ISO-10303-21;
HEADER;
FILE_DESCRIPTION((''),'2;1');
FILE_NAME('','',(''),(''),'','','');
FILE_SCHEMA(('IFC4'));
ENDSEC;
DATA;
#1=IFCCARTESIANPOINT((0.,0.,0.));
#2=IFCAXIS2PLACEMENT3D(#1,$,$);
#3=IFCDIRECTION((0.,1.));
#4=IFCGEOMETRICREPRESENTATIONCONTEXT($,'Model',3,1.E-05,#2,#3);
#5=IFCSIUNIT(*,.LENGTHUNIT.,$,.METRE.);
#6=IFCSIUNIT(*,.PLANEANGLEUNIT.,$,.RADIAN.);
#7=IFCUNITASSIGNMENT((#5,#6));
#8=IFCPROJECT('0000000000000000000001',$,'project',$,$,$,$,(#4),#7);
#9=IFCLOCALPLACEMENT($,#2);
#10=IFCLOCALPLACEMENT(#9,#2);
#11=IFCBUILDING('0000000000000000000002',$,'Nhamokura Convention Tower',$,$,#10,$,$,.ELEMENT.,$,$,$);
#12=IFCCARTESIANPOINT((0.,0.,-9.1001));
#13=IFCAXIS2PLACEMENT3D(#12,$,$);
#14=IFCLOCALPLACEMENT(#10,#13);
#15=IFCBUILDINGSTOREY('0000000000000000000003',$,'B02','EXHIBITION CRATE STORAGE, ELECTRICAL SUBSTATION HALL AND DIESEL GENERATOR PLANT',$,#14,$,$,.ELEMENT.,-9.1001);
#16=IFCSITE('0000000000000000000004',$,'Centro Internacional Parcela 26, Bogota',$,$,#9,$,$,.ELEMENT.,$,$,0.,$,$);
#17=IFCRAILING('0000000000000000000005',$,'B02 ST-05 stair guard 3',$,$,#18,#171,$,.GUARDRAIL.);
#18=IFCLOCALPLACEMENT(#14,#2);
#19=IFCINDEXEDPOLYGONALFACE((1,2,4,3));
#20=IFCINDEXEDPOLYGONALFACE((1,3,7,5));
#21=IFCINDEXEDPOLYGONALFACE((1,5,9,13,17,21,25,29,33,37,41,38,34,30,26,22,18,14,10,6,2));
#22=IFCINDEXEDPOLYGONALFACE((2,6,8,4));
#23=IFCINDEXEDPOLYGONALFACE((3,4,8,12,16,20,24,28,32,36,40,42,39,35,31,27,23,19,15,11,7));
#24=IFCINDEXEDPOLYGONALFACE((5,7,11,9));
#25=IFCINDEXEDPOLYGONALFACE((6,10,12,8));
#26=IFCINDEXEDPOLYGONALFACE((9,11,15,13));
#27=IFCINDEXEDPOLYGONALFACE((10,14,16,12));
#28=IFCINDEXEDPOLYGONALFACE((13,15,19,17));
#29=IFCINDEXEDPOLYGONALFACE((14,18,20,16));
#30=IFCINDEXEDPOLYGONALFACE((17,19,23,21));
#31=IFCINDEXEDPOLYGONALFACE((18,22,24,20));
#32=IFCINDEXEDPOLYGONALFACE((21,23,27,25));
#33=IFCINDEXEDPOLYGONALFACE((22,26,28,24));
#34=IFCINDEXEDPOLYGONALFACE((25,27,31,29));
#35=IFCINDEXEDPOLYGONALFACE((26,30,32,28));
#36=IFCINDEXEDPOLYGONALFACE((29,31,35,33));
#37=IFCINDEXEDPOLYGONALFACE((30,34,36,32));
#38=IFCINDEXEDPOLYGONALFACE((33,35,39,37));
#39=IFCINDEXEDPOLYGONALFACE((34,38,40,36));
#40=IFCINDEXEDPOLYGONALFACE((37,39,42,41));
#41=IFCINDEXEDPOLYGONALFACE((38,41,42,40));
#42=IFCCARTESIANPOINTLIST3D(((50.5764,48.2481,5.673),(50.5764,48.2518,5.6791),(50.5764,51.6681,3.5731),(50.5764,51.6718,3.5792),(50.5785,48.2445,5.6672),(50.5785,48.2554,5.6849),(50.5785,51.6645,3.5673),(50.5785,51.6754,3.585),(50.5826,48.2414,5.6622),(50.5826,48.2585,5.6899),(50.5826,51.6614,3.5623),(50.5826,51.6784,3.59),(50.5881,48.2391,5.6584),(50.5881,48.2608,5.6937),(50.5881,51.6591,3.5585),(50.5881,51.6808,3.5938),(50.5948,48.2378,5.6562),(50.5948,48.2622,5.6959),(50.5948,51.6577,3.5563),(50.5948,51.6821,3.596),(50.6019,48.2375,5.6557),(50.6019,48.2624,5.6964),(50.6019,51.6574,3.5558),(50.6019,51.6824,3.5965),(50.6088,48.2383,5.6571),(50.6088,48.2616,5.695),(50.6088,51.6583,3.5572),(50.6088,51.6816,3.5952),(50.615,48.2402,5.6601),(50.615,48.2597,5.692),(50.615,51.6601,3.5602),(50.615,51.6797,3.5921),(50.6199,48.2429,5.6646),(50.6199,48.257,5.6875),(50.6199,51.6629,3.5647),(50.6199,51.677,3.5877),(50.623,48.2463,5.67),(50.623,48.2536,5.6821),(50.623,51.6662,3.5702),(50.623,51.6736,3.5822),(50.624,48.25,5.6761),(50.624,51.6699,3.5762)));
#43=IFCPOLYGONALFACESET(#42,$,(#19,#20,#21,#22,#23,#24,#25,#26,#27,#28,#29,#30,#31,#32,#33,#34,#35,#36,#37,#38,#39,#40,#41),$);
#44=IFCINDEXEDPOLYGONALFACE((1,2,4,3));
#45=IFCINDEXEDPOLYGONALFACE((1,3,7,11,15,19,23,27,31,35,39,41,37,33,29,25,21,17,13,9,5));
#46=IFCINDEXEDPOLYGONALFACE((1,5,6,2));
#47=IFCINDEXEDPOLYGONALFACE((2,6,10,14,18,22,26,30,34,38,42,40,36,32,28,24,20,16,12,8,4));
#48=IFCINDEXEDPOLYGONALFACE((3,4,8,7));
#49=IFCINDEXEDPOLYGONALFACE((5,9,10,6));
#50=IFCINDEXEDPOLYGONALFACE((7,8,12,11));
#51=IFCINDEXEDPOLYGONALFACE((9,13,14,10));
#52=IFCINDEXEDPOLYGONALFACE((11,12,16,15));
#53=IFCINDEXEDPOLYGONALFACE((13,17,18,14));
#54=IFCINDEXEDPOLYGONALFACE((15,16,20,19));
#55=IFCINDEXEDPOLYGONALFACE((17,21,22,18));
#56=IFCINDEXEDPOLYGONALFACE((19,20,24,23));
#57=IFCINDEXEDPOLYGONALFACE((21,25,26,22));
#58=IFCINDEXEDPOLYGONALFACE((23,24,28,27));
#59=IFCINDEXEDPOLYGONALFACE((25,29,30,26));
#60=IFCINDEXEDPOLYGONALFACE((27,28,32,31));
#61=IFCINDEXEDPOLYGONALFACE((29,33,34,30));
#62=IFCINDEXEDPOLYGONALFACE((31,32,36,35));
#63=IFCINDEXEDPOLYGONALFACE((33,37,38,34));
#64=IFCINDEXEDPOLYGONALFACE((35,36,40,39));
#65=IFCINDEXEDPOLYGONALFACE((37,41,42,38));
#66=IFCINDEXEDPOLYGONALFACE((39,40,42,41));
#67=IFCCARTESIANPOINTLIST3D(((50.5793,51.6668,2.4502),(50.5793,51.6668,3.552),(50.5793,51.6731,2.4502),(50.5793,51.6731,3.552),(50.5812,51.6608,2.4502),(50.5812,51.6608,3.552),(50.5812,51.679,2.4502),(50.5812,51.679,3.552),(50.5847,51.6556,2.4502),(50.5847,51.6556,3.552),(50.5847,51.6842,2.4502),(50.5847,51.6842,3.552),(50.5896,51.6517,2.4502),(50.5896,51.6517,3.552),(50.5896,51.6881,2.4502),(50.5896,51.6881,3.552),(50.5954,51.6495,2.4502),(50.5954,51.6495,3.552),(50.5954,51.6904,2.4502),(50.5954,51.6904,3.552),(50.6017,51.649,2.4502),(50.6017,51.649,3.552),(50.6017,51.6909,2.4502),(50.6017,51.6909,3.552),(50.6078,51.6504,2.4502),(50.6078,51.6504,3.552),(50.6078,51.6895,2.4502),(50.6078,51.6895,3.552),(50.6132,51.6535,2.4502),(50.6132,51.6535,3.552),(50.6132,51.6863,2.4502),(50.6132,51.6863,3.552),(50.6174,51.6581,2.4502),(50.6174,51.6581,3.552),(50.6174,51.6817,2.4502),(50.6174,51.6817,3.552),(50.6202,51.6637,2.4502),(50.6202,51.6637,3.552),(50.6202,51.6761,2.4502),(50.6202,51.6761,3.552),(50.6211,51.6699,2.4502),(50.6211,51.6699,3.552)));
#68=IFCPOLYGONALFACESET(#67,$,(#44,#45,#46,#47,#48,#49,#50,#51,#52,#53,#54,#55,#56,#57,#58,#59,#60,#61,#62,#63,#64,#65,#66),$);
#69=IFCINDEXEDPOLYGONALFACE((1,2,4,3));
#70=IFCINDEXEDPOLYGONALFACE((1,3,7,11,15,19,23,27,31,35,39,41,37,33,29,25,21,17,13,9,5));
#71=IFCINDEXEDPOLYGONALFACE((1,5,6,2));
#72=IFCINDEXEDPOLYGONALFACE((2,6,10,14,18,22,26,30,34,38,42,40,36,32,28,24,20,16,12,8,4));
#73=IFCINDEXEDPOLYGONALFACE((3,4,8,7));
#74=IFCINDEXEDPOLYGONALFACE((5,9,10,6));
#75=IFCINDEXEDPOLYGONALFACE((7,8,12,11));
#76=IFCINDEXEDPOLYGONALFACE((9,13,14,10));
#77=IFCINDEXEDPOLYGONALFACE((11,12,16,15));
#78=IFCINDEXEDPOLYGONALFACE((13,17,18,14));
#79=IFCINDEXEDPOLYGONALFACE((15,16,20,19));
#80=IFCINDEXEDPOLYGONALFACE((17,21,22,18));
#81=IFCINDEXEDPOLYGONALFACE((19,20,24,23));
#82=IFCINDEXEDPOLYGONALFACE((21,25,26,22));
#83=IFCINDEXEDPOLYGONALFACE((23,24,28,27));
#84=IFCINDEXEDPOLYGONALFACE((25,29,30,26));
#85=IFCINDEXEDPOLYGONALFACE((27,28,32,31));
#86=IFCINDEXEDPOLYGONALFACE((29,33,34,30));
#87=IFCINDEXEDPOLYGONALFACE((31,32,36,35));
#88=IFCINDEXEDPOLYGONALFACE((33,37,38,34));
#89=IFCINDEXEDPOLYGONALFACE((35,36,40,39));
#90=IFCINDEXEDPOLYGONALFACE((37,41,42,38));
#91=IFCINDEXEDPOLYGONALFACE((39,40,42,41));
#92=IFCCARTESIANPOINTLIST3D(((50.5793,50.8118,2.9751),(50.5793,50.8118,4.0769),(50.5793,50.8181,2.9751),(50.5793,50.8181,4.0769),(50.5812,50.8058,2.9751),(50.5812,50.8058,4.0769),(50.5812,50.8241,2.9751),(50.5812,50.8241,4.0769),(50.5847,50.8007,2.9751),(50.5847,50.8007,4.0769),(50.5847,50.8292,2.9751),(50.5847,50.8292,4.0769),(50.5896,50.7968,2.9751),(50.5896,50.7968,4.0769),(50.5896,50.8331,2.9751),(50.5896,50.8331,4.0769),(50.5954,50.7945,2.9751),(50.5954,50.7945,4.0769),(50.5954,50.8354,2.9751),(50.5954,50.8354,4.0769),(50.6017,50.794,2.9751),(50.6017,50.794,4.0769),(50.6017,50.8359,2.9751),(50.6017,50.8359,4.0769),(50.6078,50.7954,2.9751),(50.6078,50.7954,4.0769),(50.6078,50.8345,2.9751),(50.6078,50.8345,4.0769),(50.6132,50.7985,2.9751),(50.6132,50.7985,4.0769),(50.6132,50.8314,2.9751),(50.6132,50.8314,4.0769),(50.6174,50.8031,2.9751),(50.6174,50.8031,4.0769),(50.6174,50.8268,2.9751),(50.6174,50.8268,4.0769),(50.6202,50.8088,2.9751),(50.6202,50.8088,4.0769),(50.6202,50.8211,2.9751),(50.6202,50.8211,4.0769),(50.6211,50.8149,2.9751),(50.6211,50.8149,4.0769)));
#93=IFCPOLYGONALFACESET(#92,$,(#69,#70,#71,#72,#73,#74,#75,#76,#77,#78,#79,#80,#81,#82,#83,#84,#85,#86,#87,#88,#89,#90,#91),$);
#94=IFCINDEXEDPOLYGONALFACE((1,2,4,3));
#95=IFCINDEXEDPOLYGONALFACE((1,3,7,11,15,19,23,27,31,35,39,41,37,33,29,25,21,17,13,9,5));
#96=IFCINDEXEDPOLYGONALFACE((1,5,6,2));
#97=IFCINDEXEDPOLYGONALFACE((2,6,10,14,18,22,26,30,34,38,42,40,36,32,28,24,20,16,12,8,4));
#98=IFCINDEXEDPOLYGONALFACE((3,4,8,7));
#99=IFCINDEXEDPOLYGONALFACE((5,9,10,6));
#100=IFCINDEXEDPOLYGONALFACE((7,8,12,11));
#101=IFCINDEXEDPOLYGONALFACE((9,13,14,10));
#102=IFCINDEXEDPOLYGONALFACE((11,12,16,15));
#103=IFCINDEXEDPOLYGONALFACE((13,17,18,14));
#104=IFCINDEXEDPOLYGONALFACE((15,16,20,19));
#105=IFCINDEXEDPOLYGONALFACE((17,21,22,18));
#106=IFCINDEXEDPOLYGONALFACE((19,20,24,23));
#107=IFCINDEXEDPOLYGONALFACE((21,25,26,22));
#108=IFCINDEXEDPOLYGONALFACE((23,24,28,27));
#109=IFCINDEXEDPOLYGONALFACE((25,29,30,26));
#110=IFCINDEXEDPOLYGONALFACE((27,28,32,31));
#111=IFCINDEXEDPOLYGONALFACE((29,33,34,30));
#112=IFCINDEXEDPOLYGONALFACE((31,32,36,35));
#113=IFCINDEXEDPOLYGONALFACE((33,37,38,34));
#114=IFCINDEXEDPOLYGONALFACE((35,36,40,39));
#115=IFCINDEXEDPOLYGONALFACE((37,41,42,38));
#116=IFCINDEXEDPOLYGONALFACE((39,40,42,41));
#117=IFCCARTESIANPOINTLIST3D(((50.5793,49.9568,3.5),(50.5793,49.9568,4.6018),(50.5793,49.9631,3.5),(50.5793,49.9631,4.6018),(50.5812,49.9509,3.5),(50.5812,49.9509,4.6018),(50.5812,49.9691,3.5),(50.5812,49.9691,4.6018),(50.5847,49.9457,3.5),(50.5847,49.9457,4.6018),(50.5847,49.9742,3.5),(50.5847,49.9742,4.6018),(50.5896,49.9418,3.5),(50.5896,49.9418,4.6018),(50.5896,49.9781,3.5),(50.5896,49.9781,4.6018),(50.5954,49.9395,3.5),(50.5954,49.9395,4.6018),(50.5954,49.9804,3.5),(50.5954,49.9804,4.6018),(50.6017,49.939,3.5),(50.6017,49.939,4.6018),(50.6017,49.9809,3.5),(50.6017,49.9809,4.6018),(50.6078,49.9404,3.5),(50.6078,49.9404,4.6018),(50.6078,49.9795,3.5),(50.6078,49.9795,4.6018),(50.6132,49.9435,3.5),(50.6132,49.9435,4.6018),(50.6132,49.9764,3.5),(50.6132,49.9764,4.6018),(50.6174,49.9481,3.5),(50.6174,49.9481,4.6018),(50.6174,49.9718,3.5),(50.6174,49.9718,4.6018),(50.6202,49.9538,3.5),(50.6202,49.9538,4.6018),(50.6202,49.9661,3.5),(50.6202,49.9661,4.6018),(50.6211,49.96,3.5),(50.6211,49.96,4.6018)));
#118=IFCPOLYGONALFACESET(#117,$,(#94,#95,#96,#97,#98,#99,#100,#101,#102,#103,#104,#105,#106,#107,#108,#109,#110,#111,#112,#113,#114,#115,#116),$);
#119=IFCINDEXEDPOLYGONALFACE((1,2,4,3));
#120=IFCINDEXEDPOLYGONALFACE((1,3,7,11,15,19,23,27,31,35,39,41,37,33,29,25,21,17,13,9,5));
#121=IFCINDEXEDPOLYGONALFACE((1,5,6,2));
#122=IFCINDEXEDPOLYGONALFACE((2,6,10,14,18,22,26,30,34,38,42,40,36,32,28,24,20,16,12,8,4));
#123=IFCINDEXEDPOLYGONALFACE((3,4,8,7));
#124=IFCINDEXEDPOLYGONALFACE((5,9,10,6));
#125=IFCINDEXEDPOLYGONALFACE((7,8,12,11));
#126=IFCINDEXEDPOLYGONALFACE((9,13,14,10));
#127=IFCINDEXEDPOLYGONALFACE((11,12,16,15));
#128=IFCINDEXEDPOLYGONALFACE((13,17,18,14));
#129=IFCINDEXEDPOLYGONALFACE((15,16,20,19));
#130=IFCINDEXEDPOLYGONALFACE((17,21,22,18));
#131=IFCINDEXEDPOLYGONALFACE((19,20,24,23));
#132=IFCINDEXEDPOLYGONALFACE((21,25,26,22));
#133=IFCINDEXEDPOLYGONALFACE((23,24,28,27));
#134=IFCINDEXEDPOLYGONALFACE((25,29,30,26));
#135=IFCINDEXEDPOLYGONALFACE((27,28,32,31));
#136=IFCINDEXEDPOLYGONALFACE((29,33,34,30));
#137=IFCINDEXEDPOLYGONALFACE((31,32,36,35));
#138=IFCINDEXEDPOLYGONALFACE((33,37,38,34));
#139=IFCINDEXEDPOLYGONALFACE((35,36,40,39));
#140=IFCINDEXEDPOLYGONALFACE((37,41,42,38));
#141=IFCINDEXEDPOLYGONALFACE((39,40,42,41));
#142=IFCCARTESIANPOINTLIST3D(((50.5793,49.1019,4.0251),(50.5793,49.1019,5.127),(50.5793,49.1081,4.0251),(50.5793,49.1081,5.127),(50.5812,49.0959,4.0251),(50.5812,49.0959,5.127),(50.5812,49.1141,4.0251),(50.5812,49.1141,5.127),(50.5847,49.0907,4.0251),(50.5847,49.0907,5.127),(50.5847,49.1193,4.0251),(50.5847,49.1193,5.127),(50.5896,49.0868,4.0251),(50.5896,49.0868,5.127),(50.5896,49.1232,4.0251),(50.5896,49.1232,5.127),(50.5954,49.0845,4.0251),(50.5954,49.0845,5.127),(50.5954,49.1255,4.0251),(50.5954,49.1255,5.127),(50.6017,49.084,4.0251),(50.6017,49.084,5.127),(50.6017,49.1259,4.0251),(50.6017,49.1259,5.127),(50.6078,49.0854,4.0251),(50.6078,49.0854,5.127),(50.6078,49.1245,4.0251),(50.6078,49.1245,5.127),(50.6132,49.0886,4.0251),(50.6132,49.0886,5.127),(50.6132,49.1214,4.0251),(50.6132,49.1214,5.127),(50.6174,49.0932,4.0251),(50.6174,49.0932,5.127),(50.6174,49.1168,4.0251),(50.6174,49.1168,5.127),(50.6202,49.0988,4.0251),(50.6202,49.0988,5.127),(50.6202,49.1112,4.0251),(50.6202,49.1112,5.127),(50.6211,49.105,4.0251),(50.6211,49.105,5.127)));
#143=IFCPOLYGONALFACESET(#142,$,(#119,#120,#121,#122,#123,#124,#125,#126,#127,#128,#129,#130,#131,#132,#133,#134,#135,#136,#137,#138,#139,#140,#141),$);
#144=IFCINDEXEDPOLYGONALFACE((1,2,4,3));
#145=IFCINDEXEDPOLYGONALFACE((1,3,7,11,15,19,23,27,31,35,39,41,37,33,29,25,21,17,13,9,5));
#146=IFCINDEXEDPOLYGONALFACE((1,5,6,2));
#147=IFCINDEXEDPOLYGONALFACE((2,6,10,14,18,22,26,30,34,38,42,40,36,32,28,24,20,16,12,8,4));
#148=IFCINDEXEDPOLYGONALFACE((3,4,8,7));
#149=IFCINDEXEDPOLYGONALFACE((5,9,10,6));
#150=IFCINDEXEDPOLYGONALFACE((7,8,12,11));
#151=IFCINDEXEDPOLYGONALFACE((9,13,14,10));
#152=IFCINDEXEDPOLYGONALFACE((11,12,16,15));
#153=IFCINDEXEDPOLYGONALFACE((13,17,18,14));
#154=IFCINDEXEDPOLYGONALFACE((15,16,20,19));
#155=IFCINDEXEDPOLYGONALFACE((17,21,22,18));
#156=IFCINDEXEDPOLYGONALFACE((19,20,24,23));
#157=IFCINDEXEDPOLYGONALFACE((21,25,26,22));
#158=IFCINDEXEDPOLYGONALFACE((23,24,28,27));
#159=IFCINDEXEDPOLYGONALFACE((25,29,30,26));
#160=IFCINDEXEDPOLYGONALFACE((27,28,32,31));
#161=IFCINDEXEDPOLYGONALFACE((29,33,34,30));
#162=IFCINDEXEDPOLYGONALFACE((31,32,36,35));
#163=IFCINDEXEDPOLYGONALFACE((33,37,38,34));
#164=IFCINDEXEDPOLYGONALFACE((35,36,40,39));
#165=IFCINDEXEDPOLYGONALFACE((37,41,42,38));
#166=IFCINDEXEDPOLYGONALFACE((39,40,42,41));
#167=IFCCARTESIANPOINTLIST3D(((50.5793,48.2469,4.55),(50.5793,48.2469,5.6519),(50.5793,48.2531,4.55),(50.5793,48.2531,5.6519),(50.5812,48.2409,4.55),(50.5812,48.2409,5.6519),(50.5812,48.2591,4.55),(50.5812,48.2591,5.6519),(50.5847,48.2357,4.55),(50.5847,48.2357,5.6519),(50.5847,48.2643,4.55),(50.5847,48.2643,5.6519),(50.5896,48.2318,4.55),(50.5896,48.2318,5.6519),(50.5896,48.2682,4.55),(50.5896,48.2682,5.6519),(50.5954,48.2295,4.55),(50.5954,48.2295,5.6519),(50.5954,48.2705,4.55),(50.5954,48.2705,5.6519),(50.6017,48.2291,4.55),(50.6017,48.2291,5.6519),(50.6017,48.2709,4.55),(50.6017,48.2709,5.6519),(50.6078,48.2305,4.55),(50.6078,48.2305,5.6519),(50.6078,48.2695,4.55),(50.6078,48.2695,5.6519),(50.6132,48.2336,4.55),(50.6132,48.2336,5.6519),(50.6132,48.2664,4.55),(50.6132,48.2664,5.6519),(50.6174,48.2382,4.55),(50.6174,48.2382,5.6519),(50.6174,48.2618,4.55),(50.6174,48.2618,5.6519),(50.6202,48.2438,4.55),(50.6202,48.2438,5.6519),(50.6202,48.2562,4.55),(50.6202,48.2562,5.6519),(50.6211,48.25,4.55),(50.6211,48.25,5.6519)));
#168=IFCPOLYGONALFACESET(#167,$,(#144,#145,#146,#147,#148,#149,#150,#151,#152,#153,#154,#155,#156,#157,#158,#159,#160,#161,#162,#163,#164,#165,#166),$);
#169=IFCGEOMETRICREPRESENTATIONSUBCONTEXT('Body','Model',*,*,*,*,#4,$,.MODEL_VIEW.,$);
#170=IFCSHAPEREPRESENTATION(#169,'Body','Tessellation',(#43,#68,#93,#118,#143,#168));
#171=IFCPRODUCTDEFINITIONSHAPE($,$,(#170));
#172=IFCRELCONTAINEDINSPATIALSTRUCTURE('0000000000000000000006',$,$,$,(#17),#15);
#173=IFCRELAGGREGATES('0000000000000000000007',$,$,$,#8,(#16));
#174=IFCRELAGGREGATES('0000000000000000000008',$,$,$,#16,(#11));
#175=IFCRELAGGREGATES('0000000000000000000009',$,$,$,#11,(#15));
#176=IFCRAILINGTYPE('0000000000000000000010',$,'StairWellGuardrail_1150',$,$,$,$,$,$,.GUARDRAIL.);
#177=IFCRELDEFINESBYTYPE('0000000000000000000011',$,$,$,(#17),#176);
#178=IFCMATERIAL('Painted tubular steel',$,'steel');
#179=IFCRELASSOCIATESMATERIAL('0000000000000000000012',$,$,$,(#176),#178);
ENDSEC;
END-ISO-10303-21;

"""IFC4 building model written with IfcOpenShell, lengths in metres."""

from ifc_helpers import new_model, si_unit, direction, frame, origin, origin_2d, place, context, subcontext, project, spatial, circle, extrude, material, type_object, element, save


model = new_model("IFC4")

# Units and contexts
model_context = context("Model", 3, precision=1e-05, world=origin(), true_north=direction((0.0, 1.0)))
body_context = subcontext(model_context, "Body", "Model", "MODEL_VIEW")
ifc_project = project(units=[si_unit("LENGTHUNIT", "METRE"), si_unit("PLANEANGLEUNIT", "RADIAN")], contexts=[model_context])

# Site, building, storey
site_placement = place(None, origin())
site = spatial("IfcSite", under=ifc_project, at=site_placement, Name="Centro Internacional Parcela 26, Bogota", CompositionType="ELEMENT", RefElevation=0.0)
building_placement = place(site_placement, origin())
building = spatial("IfcBuilding", under=site, at=building_placement, Name="Nhamokura Convention Tower", CompositionType="ELEMENT")
storey_placement = place(building_placement, frame((0.0, 0.0, -9.1001)))
storey = spatial("IfcBuildingStorey", under=building, at=storey_placement, Name="B02", Description="EXHIBITION CRATE STORAGE, ELECTRICAL SUBSTATION HALL AND DIESEL GENERATOR PLANT", CompositionType="ELEMENT", Elevation=-9.1001)

# Railing
ifc_material_1 = material(Name="Painted tubular steel", Category="steel")
railing_type_1 = type_object("IfcRailingType", Name="StairWellGuardrail_1150", PredefinedType="GUARDRAIL", material=ifc_material_1)
railing_1_placement = place(storey_placement, frame((50.6001, 51.6699, 2.4502)))
element("IfcRailing", 1, at=railing_1_placement, inside=storey, type_object=railing_type_1, Name="B02 ST-05 stair guard 3", PredefinedType="GUARDRAIL", context=body_context, shape_type="SweptSolid", body=[
    extrude(circle(Radius=0.0239, at=origin_2d()), frame((0.0, 0.0, 1.126), z_axis=(0.0, -0.852182, 0.523245), x_axis=(1.0, 0.0, 0.0)), (0.0, 0.0, 1.0), 4.0132),
    extrude(circle(Radius=0.021, at=origin_2d()), origin(), (0.0, 0.0, 1.0), 1.1018),
    extrude(circle(Radius=0.021, at=origin_2d()), frame((0.0, -0.855, 0.5249)), (0.0, 0.0, 1.0), 1.1018),
    extrude(circle(Radius=0.021, at=origin_2d()), frame((0.0, -1.71, 1.0498)), (0.0, 0.0, 1.0), 1.1018),
    extrude(circle(Radius=0.021, at=origin_2d()), frame((0.0, -2.5649, 1.575)), (0.0, 0.0, 1.0), 1.1018),
    extrude(circle(Radius=0.021, at=origin_2d()), frame((0.0, -3.4199, 2.0999)), (0.0, 0.0, 1.0), 1.1018),
])

save(model, "model.ifc")
